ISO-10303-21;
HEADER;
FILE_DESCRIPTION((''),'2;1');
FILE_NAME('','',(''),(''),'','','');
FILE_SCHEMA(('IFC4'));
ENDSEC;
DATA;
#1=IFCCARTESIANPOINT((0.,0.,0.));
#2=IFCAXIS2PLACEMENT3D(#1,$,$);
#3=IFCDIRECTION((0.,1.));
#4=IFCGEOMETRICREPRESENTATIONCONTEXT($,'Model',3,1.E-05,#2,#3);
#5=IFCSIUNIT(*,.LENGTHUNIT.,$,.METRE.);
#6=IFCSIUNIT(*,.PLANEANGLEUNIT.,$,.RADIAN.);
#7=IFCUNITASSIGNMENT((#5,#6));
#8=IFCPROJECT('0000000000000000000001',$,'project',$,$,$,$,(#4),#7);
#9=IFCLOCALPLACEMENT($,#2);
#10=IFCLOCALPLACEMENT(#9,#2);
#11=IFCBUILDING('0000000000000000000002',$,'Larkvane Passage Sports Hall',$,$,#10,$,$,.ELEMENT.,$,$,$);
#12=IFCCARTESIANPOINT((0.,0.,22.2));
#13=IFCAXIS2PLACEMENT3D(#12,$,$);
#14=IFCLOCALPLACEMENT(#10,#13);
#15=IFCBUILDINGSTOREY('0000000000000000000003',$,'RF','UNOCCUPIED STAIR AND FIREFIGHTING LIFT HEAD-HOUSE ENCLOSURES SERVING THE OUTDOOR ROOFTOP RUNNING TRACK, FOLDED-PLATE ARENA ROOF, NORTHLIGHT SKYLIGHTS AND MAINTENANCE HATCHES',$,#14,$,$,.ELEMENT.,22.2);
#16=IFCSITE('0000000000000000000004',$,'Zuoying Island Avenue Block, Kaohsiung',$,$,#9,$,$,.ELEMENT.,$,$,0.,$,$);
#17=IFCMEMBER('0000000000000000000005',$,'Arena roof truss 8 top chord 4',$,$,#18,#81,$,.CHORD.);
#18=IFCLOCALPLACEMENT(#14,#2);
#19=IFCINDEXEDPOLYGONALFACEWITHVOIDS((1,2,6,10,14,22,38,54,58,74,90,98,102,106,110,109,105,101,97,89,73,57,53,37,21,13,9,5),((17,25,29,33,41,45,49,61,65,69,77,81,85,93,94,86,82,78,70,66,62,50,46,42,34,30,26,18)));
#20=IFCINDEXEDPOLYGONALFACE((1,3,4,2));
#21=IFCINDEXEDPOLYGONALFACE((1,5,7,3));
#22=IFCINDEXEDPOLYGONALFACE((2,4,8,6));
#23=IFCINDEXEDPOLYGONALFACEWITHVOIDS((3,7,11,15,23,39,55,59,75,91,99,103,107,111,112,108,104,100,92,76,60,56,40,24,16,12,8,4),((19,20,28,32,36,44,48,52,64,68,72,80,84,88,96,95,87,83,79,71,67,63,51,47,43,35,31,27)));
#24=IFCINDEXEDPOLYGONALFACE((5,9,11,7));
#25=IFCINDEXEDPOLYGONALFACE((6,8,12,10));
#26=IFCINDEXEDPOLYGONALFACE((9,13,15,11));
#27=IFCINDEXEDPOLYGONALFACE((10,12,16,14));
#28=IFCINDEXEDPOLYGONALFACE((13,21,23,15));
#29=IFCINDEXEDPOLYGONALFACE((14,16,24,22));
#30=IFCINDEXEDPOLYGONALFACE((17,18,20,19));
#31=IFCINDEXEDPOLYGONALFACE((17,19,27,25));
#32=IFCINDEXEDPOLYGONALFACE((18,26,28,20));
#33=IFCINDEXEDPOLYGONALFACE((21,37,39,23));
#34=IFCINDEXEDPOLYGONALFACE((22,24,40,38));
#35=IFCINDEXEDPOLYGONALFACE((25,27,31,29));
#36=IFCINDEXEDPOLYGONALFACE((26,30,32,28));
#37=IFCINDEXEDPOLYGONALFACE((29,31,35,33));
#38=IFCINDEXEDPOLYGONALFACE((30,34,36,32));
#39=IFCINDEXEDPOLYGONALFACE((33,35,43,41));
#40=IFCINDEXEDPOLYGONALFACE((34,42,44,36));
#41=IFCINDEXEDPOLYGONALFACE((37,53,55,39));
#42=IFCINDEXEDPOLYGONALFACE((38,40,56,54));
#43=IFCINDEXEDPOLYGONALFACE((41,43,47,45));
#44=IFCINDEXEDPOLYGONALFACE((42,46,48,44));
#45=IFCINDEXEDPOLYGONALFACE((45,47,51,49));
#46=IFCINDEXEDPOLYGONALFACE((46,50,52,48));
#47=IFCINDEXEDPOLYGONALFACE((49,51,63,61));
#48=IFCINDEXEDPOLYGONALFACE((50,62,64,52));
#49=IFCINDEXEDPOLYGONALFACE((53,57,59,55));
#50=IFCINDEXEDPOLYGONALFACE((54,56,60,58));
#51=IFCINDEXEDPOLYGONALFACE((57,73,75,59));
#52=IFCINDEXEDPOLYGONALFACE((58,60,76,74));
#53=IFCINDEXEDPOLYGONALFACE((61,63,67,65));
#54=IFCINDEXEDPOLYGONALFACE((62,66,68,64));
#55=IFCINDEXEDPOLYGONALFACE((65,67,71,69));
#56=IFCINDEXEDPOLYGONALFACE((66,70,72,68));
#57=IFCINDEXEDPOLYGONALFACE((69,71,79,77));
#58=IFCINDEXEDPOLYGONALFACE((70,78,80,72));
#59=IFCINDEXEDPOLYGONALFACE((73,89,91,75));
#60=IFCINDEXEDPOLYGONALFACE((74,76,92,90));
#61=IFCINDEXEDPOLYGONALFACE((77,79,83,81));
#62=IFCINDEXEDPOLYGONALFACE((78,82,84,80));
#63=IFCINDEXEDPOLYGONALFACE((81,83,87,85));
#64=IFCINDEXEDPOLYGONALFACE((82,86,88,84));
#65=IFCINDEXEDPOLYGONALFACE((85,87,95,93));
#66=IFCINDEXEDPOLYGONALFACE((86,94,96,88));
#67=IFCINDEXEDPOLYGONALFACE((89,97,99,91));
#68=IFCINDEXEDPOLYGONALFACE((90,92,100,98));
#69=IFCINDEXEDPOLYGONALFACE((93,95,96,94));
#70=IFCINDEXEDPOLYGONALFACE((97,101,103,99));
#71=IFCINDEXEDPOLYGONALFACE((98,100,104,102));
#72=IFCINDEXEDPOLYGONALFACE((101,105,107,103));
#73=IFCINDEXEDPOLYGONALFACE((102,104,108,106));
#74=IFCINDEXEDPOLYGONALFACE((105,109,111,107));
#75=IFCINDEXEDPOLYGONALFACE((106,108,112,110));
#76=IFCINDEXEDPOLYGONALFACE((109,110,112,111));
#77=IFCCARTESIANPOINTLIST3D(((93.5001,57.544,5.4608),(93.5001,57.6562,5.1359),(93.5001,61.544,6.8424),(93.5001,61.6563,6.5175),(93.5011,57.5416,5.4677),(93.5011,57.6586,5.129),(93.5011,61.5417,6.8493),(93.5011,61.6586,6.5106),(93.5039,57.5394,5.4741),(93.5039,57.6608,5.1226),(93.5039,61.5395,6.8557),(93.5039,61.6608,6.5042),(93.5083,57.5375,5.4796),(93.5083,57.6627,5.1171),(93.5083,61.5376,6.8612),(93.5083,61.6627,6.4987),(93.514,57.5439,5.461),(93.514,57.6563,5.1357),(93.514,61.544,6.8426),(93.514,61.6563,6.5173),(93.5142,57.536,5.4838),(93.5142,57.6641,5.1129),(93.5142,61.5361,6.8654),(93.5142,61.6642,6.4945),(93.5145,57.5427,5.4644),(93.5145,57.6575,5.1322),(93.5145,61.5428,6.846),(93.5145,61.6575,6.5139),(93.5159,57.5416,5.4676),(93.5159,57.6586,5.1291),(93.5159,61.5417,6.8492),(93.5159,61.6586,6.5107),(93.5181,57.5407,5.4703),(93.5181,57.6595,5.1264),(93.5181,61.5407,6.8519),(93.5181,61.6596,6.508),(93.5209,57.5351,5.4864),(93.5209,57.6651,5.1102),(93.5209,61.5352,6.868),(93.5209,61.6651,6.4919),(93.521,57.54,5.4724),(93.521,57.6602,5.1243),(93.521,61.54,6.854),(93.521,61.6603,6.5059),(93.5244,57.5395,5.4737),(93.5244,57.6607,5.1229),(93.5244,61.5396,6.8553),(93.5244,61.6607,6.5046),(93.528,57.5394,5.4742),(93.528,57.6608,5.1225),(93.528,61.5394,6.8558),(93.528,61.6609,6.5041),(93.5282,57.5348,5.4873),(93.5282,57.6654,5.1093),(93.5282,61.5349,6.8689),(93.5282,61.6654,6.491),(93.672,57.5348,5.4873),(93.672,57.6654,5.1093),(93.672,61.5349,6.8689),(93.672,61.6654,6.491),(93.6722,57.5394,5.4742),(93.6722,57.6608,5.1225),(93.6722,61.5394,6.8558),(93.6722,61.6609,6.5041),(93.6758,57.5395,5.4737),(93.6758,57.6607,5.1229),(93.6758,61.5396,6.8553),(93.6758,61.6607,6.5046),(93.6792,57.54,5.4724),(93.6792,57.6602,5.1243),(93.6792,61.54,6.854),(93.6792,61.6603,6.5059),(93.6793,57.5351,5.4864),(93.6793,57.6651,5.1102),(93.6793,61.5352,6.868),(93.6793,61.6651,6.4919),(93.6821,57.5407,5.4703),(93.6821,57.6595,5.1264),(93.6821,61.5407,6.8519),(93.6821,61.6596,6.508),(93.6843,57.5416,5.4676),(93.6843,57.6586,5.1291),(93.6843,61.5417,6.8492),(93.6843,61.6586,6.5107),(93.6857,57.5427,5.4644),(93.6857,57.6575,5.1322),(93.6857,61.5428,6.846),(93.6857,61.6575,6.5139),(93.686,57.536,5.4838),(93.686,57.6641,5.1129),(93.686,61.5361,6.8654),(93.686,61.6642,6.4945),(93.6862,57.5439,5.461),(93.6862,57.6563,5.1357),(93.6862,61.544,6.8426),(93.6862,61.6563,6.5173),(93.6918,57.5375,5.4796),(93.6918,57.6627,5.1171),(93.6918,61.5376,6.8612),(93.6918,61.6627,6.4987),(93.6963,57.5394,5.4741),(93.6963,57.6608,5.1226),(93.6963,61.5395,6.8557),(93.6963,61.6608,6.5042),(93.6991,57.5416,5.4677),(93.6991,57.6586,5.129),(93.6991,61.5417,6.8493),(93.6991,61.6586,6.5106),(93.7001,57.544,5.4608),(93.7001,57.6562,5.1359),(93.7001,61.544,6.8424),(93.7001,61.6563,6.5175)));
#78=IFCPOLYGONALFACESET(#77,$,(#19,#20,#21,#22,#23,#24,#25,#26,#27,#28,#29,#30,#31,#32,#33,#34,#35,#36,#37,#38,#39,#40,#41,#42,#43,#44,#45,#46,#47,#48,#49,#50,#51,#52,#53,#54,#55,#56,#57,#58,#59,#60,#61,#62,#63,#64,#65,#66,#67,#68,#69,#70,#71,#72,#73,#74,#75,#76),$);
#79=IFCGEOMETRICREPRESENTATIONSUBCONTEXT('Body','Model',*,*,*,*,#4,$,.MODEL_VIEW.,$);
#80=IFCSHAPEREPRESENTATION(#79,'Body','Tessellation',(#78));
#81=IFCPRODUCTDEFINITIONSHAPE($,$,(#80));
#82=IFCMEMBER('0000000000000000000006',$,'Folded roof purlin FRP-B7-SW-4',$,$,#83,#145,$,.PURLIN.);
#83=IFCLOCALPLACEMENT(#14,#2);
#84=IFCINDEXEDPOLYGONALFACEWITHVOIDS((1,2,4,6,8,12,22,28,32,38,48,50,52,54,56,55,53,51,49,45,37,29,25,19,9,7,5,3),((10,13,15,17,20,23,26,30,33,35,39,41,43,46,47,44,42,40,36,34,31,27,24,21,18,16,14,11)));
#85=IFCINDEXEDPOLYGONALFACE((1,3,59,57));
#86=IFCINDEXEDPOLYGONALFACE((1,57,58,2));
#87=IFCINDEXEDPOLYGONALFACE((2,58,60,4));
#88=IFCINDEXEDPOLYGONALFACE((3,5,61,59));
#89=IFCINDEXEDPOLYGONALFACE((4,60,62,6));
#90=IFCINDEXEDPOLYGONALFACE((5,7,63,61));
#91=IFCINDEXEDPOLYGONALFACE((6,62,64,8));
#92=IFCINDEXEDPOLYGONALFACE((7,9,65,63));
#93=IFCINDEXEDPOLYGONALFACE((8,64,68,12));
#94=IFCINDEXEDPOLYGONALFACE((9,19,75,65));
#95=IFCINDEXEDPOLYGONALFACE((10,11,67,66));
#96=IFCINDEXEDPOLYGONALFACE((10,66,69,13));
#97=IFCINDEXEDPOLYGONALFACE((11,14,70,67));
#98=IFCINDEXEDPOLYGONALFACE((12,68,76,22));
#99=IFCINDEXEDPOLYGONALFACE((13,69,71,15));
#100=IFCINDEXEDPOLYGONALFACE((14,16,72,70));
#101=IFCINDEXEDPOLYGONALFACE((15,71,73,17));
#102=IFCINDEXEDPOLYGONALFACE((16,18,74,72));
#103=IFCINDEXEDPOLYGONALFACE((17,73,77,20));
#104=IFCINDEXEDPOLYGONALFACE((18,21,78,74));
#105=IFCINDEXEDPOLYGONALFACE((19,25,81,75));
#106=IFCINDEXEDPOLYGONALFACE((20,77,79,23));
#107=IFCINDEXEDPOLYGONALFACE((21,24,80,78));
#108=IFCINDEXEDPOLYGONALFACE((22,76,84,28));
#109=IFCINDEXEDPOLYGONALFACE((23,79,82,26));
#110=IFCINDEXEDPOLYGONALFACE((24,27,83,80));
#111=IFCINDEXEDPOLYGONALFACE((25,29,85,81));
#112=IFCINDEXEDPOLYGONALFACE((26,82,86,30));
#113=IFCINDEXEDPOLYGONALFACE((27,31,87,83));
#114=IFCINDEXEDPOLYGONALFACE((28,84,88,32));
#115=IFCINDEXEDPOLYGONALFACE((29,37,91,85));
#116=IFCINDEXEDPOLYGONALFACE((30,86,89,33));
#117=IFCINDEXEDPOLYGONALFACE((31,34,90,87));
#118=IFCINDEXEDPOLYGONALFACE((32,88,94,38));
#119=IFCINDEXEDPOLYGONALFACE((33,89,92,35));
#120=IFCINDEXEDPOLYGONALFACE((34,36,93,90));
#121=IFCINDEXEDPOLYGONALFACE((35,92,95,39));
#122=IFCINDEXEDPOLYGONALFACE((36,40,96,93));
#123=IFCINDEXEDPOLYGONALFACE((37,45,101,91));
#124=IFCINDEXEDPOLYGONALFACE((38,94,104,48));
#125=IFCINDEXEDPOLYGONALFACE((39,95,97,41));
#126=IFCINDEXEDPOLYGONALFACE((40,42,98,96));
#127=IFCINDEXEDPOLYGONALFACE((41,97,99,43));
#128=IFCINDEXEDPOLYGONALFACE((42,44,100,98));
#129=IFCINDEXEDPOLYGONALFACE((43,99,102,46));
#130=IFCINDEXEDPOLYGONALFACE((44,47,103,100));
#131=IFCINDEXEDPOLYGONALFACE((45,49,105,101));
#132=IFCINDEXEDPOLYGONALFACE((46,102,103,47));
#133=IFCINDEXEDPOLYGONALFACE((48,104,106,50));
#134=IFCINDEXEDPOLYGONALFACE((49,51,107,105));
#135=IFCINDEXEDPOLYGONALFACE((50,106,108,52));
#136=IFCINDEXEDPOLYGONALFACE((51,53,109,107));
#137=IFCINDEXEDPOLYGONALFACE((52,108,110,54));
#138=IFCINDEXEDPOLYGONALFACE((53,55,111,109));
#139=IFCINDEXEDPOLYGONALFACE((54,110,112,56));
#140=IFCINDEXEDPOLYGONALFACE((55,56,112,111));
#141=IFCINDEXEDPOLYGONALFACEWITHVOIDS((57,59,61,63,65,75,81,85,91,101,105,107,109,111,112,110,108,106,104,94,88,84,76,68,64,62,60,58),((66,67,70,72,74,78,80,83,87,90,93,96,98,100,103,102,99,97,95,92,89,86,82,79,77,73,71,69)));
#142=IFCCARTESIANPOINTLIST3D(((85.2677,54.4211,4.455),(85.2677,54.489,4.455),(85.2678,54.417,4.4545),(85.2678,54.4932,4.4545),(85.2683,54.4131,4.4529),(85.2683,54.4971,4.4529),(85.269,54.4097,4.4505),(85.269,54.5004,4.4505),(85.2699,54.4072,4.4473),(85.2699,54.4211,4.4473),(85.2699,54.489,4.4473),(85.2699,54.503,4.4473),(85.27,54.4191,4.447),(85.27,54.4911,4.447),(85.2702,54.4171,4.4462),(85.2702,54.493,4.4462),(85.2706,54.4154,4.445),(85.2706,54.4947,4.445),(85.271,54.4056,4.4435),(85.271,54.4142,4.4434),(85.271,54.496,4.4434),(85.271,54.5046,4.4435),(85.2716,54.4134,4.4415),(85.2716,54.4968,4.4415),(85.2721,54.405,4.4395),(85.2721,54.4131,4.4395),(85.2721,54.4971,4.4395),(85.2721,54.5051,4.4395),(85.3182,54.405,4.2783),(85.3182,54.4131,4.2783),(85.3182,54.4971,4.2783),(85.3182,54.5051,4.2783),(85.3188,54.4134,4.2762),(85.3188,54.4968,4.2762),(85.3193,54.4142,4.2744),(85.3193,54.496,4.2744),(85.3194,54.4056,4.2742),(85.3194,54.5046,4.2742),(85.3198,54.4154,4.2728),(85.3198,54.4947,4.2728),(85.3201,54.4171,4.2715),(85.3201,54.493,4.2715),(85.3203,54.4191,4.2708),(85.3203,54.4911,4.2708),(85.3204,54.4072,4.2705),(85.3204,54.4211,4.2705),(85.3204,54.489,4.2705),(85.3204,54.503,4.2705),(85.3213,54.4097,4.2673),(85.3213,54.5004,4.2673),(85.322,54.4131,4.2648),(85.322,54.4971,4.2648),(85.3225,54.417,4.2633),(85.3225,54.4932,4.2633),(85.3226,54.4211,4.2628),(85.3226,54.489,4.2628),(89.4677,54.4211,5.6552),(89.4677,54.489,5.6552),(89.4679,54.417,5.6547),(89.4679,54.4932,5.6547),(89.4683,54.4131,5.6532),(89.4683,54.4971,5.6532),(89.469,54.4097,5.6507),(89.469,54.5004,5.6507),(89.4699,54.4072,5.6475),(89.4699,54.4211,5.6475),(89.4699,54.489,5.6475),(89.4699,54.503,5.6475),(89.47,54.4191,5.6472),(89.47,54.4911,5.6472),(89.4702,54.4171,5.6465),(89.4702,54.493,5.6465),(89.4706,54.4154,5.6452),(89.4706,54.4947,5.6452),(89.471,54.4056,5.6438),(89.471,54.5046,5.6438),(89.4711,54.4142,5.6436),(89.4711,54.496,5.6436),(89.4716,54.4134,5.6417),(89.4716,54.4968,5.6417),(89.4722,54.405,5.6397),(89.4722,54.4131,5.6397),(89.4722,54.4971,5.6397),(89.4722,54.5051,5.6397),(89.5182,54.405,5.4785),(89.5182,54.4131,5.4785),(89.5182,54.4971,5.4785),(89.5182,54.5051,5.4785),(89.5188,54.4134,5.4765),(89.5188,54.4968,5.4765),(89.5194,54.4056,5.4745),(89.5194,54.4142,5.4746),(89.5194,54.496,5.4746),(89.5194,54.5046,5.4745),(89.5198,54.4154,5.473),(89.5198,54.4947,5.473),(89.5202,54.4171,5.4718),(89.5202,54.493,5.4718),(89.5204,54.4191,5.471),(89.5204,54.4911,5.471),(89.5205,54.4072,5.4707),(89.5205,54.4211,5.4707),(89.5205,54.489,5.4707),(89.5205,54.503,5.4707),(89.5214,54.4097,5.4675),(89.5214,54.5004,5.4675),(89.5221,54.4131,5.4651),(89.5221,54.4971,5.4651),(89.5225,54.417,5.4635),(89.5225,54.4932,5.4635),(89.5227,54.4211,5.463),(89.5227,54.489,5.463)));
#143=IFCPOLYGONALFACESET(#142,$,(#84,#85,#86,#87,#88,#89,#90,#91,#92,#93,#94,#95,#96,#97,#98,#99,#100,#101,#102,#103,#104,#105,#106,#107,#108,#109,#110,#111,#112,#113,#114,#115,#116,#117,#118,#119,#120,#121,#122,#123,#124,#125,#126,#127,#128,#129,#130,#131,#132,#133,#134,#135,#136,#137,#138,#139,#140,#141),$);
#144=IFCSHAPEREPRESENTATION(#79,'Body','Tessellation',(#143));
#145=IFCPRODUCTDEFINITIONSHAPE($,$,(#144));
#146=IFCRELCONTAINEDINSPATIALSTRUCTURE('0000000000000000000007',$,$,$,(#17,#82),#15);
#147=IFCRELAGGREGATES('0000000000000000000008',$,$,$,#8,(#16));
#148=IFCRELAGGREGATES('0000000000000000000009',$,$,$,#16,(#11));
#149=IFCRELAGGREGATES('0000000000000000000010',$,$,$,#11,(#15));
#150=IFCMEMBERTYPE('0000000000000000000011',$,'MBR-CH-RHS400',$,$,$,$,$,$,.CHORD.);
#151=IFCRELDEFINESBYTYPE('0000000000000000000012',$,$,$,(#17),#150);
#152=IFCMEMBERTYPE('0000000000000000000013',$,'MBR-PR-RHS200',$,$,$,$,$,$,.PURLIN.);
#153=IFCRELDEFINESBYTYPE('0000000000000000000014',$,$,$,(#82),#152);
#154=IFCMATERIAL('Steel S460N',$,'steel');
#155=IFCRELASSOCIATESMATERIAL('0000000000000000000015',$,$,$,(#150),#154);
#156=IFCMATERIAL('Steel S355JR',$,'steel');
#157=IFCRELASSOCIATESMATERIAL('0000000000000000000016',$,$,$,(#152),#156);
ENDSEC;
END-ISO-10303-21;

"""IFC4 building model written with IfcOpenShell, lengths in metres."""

from ifc_helpers import new_model, si_unit, direction, frame, origin, origin_2d, place, context, subcontext, project, spatial, hollow_rectangle, extrude, material, material_profile, profile_set, type_object, element, save


model = new_model("IFC4")

# Units and contexts
model_context = context("Model", 3, precision=1e-05, world=origin(), true_north=direction((0.0, 1.0)))
body_context = subcontext(model_context, "Body", "Model", "MODEL_VIEW")
ifc_project = project(units=[si_unit("LENGTHUNIT", "METRE"), si_unit("PLANEANGLEUNIT", "RADIAN")], contexts=[model_context])

# Site, building, storey
site_placement = place(None, origin())
site = spatial("IfcSite", under=ifc_project, at=site_placement, Name="Zuoying Island Avenue Block, Kaohsiung", CompositionType="ELEMENT", RefElevation=0.0)
building_placement = place(site_placement, origin())
building = spatial("IfcBuilding", under=site, at=building_placement, Name="Larkvane Passage Sports Hall", CompositionType="ELEMENT")
storey_placement = place(building_placement, frame((0.0, 0.0, 22.2)))
storey = spatial("IfcBuildingStorey", under=building, at=storey_placement, Name="RF", Description="UNOCCUPIED STAIR AND FIREFIGHTING LIFT HEAD-HOUSE ENCLOSURES SERVING THE OUTDOOR ROOFTOP RUNNING TRACK, FOLDED-PLATE ARENA ROOF, NORTHLIGHT SKYLIGHTS AND MAINTENANCE HATCHES", CompositionType="ELEMENT", Elevation=22.2)

# Members
ifc_material_1 = material(Name="Steel S460N", Category="steel")
ifc_material_2 = material(Name="Steel S355JR", Category="steel")
ifc_material_profile_1 = material_profile(ifc_material_1, hollow_rectangle(XDim=0.2, YDim=0.3999, WallThickness=0.0139, InnerFilletRadius=0.0139, OuterFilletRadius=0.0281, at=origin_2d()), Name="RHS-400x200x14")
ifc_profile_set_1 = profile_set([ifc_material_profile_1], Name="Steel S460N")
member_type_1 = type_object("IfcMemberType", Name="MBR-CH-RHS400", PredefinedType="CHORD", material=ifc_profile_set_1)
member_1_placement = place(storey_placement, frame((93.6001, 57.6001, 5.2983), z_axis=(0.0, 0.945207, 0.326472), x_axis=(-1.0, 0.0, 0.0)))
element("IfcMember", 1, at=member_1_placement, inside=storey, type_object=member_type_1, Name="Arena roof truss 8 top chord 4", PredefinedType="CHORD", context=body_context, shape_type="SweptSolid", body=[
    extrude(hollow_rectangle(XDim=0.2, YDim=0.3999, WallThickness=0.0139, InnerFilletRadius=0.0139, OuterFilletRadius=0.0281, at=origin_2d()), origin(), (0.0, 0.0, 1.0), 4.2319),
])
ifc_material_profile_2 = material_profile(ifc_material_2, hollow_rectangle(XDim=0.1001, YDim=0.2, WallThickness=0.0081, InnerFilletRadius=0.0081, OuterFilletRadius=0.0161, at=origin_2d()), Name="RHS-200x100x8")
ifc_profile_set_2 = profile_set([ifc_material_profile_2], Name="Steel S355JR")
member_type_2 = type_object("IfcMemberType", Name="MBR-PR-RHS200", PredefinedType="PURLIN", material=ifc_profile_set_2)
for number, where, z_axis, x_axis, name in (
    (2, (85.2952, 54.4551, 4.3589), (0.961511, 0.0, 0.274765), (0.0, 1.0, 0.0), "Folded roof purlin FRP-B7-SW-4"),
):
    element("IfcMember", number, at=place(storey_placement, frame(where, z_axis=z_axis, x_axis=x_axis)), inside=storey, type_object=member_type_2, Name=name, PredefinedType="PURLIN", context=body_context, shape_type="SweptSolid", body=[
        extrude(hollow_rectangle(XDim=0.1001, YDim=0.2, WallThickness=0.0081, InnerFilletRadius=0.0081, OuterFilletRadius=0.0161, at=origin_2d()), origin(), (0.0, 0.0, 1.0), 4.3682),
    ])

save(model, "model.ifc")
